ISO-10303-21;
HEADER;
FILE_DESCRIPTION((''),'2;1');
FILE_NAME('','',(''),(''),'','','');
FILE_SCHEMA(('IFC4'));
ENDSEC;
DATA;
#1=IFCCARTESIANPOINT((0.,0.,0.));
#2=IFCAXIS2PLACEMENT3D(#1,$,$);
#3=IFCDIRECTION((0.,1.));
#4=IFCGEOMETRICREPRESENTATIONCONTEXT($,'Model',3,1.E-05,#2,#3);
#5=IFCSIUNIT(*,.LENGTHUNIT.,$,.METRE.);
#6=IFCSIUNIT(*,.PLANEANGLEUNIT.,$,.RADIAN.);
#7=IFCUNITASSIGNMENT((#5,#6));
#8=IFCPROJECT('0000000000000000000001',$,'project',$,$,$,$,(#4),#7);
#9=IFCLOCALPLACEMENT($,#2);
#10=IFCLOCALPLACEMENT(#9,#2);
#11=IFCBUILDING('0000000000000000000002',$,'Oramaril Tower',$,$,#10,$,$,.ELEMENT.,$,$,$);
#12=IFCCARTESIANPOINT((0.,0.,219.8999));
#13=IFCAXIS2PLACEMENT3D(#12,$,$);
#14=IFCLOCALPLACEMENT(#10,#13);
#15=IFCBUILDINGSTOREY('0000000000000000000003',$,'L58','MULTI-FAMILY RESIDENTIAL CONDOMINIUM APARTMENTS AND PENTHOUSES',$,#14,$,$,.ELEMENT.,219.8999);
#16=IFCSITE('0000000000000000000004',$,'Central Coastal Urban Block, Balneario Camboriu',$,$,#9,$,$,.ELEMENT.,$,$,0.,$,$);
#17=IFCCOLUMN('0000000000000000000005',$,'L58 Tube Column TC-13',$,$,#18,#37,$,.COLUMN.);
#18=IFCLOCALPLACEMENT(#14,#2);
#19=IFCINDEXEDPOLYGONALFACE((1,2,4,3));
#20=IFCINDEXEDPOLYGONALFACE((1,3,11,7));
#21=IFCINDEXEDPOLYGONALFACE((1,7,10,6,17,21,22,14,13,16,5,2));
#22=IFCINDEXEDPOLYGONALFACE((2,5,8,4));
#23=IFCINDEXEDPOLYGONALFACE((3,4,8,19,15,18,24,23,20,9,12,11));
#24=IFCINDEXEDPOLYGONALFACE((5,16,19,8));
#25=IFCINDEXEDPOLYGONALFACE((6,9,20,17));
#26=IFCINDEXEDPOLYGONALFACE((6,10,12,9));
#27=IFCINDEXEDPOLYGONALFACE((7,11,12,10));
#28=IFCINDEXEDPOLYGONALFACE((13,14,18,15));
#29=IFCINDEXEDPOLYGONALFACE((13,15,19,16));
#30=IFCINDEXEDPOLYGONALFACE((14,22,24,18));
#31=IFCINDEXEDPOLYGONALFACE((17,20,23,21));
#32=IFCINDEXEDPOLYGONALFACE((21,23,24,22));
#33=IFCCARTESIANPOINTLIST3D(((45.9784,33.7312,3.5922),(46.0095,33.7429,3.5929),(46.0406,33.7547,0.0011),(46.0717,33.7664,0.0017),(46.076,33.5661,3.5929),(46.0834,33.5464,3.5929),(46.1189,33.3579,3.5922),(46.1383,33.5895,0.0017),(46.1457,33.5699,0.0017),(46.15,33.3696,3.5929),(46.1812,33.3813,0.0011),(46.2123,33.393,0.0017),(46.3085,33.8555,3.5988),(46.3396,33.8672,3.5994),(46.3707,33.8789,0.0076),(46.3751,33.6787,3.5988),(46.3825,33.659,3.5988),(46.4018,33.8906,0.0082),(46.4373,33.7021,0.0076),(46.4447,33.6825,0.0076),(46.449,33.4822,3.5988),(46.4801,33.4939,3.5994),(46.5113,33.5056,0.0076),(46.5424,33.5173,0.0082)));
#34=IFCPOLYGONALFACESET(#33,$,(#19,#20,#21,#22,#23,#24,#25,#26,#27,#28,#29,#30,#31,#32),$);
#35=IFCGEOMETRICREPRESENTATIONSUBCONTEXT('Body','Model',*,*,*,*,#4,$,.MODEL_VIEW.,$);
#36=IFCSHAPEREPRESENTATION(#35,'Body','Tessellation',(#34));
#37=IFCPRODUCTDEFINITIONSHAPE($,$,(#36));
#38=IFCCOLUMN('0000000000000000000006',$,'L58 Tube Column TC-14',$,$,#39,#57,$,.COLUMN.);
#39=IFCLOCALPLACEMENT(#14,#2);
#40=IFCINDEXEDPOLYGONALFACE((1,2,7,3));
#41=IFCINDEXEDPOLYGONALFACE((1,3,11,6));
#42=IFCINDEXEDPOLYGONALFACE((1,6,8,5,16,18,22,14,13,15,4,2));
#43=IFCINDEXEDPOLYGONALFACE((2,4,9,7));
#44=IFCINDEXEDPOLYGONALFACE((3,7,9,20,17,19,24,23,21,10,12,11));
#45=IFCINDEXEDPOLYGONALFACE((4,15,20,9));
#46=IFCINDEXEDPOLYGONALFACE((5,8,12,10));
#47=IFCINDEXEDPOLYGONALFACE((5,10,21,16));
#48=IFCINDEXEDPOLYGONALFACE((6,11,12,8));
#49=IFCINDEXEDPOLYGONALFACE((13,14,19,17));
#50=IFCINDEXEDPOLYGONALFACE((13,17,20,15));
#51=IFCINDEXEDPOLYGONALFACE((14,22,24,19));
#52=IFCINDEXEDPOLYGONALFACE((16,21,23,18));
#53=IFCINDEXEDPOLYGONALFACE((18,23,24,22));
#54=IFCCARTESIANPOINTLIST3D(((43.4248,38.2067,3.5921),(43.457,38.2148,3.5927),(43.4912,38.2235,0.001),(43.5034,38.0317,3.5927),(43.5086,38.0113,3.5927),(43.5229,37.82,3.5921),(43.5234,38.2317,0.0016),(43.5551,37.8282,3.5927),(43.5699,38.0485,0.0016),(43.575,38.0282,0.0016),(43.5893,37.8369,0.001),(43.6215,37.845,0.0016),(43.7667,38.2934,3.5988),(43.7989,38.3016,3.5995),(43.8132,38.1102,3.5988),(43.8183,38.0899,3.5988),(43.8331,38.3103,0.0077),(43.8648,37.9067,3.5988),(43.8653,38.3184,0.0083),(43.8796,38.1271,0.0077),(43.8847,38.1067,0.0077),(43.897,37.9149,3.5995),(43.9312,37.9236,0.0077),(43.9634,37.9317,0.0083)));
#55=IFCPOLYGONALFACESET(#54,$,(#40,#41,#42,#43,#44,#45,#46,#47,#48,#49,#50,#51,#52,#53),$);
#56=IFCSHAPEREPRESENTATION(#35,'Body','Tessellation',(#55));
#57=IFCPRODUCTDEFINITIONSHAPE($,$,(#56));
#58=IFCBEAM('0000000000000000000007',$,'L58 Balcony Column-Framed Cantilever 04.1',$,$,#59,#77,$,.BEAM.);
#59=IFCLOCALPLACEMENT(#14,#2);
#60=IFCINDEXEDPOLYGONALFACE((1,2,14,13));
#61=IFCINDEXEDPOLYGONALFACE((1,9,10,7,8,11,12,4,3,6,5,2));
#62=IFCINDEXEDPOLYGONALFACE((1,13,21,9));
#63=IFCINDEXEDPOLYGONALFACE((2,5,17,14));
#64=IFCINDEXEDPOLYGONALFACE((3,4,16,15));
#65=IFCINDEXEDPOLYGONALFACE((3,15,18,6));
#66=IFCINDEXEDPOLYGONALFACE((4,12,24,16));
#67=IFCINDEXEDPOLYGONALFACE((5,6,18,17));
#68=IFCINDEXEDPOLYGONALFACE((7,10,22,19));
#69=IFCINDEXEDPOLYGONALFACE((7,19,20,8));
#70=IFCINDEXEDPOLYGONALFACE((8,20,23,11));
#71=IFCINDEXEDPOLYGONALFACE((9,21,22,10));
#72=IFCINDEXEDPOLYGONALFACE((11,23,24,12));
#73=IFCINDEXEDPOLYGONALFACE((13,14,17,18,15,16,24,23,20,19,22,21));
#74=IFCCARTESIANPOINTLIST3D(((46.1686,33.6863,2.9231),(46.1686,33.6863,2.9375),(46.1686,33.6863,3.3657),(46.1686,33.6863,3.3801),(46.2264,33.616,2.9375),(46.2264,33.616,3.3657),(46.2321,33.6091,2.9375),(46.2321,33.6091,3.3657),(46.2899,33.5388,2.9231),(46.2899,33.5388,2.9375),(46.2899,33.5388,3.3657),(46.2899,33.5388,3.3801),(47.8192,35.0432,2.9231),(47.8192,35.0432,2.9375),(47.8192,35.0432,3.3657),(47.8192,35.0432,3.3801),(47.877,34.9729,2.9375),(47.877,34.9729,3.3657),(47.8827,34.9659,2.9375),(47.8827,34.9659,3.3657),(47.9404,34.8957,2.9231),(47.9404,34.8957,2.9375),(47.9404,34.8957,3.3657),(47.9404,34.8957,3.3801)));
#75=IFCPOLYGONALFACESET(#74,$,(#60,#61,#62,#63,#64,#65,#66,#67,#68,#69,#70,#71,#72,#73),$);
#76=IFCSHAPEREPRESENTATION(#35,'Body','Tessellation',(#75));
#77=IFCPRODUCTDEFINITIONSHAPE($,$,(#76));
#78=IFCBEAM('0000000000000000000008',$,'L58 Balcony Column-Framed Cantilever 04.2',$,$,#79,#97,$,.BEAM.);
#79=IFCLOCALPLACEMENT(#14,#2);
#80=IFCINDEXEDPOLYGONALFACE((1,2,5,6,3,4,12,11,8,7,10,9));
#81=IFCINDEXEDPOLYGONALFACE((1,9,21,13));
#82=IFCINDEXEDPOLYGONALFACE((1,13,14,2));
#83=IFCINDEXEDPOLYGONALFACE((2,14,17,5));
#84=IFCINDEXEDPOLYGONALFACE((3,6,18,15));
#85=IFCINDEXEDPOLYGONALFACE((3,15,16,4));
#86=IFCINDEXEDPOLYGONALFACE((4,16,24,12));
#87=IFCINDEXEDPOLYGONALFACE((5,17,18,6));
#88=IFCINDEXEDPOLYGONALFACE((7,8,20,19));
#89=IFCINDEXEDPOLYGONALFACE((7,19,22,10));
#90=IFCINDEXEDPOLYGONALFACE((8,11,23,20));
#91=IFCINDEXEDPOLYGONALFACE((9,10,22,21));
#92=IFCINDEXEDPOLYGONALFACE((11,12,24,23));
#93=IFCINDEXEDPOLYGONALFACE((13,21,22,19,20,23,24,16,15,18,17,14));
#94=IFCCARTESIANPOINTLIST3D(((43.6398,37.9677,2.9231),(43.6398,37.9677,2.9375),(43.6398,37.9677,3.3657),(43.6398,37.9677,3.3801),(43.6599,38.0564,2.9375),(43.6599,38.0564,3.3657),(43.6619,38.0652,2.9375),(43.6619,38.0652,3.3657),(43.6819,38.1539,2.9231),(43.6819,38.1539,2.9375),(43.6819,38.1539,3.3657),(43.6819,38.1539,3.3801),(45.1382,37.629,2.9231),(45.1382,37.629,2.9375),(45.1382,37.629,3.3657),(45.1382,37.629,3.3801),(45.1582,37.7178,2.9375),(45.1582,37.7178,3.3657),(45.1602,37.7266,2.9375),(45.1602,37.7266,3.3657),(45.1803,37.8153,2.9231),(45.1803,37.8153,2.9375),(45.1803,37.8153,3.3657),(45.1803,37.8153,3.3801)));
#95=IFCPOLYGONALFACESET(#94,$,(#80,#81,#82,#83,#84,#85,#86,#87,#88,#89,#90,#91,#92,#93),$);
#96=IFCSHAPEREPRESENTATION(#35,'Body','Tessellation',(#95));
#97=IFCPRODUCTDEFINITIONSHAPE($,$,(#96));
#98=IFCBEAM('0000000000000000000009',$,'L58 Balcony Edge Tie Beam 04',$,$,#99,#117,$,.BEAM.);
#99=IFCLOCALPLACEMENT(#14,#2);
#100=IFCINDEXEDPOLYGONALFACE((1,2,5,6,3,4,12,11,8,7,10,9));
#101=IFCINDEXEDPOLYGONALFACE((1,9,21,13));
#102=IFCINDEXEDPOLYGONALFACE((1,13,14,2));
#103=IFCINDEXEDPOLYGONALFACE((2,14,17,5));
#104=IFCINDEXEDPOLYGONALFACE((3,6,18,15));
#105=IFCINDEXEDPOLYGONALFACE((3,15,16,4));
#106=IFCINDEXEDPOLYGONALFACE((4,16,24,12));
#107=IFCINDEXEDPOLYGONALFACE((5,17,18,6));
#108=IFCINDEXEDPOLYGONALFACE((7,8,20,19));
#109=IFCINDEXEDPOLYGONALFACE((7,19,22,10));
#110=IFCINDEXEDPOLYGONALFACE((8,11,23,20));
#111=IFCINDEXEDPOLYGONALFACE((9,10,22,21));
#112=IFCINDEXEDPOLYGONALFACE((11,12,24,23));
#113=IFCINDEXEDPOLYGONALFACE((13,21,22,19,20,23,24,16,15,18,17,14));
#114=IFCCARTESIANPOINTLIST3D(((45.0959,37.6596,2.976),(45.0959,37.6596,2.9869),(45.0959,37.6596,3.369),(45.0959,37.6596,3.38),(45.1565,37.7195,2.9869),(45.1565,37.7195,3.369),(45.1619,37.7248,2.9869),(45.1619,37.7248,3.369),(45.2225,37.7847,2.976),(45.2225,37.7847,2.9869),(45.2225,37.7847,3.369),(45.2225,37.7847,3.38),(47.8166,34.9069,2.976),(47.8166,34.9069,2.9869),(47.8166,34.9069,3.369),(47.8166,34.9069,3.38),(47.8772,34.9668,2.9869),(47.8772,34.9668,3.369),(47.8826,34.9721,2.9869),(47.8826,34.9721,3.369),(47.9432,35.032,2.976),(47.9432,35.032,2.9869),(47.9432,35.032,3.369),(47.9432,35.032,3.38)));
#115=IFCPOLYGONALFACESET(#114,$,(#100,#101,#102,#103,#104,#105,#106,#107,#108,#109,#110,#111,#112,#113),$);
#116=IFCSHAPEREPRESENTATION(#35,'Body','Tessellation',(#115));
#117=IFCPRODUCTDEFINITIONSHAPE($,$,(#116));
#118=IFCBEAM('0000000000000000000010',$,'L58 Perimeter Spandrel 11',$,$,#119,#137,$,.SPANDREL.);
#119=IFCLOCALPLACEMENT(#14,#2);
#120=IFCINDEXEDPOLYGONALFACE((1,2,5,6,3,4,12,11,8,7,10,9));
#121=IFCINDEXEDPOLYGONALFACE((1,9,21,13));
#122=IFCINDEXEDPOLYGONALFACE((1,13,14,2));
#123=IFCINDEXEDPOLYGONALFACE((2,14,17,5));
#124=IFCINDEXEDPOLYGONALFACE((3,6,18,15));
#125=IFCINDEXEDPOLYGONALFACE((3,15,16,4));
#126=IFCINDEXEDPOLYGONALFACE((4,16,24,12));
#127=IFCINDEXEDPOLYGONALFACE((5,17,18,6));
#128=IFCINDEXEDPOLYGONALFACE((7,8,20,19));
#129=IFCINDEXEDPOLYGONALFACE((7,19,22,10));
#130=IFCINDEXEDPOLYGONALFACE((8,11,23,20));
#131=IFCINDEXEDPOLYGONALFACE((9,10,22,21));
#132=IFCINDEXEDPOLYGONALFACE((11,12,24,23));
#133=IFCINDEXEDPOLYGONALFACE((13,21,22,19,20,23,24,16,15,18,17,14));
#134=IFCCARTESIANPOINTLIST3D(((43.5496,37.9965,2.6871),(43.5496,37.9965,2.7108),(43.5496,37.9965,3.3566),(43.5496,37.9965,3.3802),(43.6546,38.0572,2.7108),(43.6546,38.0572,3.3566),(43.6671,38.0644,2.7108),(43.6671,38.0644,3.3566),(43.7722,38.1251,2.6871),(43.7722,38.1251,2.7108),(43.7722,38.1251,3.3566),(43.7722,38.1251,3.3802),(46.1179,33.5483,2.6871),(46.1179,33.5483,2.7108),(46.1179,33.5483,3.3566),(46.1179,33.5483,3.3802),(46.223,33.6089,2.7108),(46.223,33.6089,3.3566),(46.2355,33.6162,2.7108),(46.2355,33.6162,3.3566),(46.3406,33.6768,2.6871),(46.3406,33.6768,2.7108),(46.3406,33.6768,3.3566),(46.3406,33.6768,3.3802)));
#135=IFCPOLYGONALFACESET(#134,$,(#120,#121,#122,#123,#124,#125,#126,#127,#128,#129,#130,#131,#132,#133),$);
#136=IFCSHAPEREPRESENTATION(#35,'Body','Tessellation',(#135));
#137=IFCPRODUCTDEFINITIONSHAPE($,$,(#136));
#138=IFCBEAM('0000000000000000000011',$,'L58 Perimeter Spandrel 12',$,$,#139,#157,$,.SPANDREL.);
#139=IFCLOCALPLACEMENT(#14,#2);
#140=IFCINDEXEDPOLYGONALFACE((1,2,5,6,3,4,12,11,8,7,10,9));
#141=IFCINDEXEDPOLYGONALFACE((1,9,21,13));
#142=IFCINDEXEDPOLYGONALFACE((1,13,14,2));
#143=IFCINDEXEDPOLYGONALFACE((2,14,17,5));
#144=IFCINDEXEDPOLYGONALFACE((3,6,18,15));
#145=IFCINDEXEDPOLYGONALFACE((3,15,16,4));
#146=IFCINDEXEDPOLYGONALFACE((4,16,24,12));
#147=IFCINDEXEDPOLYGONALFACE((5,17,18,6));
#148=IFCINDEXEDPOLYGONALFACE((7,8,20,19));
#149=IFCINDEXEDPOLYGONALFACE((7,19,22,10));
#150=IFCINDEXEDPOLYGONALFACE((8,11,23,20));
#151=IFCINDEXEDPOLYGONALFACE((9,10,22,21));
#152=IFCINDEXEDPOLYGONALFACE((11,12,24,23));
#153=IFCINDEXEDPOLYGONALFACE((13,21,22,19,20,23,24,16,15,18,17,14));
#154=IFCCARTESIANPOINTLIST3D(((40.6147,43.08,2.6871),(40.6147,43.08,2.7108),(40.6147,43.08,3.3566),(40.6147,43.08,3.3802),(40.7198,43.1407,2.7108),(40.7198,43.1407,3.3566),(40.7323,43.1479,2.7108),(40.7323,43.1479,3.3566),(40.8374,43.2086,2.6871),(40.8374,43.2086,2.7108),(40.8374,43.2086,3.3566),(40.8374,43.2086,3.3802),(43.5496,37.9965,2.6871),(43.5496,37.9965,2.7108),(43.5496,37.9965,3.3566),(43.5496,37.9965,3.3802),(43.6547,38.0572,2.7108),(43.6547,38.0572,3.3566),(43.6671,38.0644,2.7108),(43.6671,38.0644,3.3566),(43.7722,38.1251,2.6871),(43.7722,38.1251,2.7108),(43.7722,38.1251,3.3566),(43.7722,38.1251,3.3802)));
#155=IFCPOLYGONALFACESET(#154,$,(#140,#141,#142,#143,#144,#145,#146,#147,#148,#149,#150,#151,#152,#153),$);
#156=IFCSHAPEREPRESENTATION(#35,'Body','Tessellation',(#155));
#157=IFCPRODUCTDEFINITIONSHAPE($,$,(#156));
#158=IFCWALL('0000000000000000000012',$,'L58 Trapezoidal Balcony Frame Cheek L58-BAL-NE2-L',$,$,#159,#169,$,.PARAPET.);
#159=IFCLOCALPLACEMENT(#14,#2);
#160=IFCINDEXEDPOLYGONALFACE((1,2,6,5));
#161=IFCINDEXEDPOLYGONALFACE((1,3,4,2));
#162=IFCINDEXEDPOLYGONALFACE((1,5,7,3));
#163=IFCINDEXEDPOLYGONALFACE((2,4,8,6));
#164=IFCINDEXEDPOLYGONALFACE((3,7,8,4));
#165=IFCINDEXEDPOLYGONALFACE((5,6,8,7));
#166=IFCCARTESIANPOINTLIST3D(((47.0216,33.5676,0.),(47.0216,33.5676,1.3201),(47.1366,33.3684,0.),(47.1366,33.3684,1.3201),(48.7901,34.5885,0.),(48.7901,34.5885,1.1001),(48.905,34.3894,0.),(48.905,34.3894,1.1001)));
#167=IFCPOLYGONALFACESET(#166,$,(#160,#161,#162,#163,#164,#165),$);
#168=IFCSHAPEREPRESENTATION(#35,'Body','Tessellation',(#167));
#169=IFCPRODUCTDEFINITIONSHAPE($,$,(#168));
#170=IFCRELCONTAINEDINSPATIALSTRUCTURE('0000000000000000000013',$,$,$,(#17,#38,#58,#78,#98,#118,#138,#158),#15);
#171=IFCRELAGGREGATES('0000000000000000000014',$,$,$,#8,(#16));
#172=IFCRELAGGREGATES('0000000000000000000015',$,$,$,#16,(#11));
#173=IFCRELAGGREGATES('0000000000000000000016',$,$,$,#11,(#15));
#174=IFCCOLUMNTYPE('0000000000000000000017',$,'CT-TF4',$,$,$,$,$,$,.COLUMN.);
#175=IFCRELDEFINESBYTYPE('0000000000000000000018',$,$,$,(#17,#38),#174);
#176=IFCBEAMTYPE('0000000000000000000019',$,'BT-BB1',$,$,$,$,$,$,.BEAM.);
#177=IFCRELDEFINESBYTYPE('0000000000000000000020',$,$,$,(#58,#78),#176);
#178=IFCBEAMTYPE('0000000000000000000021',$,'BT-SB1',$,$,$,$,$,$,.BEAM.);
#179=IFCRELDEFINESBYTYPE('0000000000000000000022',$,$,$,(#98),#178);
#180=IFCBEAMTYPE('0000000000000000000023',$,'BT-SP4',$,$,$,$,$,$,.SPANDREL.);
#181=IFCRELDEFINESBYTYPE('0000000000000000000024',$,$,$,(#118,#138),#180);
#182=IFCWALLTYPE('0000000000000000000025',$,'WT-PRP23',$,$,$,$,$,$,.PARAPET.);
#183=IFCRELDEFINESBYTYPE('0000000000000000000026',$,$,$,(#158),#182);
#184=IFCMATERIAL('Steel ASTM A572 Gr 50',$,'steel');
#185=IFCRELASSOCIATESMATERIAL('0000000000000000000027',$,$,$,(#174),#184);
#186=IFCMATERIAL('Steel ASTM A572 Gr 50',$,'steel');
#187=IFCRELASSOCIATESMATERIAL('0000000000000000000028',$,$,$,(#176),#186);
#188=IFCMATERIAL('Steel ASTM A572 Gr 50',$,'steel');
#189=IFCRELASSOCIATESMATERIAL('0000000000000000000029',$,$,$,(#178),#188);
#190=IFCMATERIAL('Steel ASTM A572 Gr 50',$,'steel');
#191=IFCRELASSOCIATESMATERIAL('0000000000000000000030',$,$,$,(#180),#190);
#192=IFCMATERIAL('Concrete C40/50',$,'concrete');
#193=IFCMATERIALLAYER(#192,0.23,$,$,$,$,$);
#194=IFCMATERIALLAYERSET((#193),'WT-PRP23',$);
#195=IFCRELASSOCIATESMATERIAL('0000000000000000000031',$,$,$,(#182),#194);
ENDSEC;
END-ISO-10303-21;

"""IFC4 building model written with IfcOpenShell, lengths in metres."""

from ifc_helpers import new_model, si_unit, direction, frame, origin, origin_2d, place, context, subcontext, project, spatial, polyline, i_section, outline, extrude, material, layer, layer_set, material_profile, profile_set, type_object, element, save


model = new_model("IFC4")

# Units and contexts
model_context = context("Model", 3, precision=1e-05, world=origin(), true_north=direction((0.0, 1.0)))
body_context = subcontext(model_context, "Body", "Model", "MODEL_VIEW")
ifc_project = project(units=[si_unit("LENGTHUNIT", "METRE"), si_unit("PLANEANGLEUNIT", "RADIAN")], contexts=[model_context])

# Site, building, storey
site_placement = place(None, origin())
site = spatial("IfcSite", under=ifc_project, at=site_placement, Name="Central Coastal Urban Block, Balneario Camboriu", CompositionType="ELEMENT", RefElevation=0.0)
building_placement = place(site_placement, origin())
building = spatial("IfcBuilding", under=site, at=building_placement, Name="Oramaril Tower", CompositionType="ELEMENT")
storey_placement = place(building_placement, frame((0.0, 0.0, 219.8999)))
storey = spatial("IfcBuildingStorey", under=building, at=storey_placement, Name="L58", Description="MULTI-FAMILY RESIDENTIAL CONDOMINIUM APARTMENTS AND PENTHOUSES", CompositionType="ELEMENT", Elevation=219.8999)

# Columns
ifc_material_1 = material(Name="Steel ASTM A572 Gr 50", Category="steel")
ifc_material_profile_1 = material_profile(ifc_material_1, i_section(OverallWidth=0.3989, OverallDepth=0.386, WebThickness=0.021, FlangeThickness=0.0332, at=origin_2d()), Name="W14X176")
ifc_profile_set_1 = profile_set([ifc_material_profile_1], Name="Steel ASTM A572 Gr 50")
column_type = type_object("IfcColumnType", Name="CT-TF4", PredefinedType="COLUMN", material=ifc_profile_set_1)
for number, where, z_axis, x_axis, name in (
    (1, (46.2915, 33.636, 0.0046), (-0.017333, -0.006525, 0.999828), (0.35233, -0.935876, 0.0), "L58 Tube Column TC-13"),
    (2, (43.7273, 38.0776, 0.0046), (-0.018489, -0.00469, 0.999818), (0.245888, -0.969298, 0.0), "L58 Tube Column TC-14"),
):
    element("IfcColumn", number, at=place(storey_placement, frame(where, z_axis=z_axis, x_axis=x_axis)), inside=storey, type_object=column_type, Name=name, PredefinedType="COLUMN", context=body_context, shape_type="SweptSolid", body=[
        extrude(i_section(OverallWidth=0.3989, OverallDepth=0.386, WebThickness=0.021, FlangeThickness=0.0332, at=origin_2d()), origin(), (0.0, 0.0, 1.0), 3.5918),
    ])

# Beams
ifc_material_2 = material(Name="Steel ASTM A572 Gr 50", Category="steel")
ifc_material_profile_2 = material_profile(ifc_material_2, i_section(OverallWidth=0.1909, OverallDepth=0.457, WebThickness=0.009, FlangeThickness=0.0144, at=origin_2d()), Name="W18X50")
ifc_profile_set_2 = profile_set([ifc_material_profile_2], Name="Steel ASTM A572 Gr 50")
beam_type_1 = type_object("IfcBeamType", Name="BT-BB1", PredefinedType="BEAM", material=ifc_profile_set_2)
beam_1_placement = place(storey_placement, frame((46.2292, 33.6125, 3.1516), z_axis=(0.772484, 0.635034, 0.0), x_axis=(-0.635034, 0.772484, 0.0)))
element("IfcBeam", 3, at=beam_1_placement, inside=storey, type_object=beam_type_1, Name="L58 Balcony Column-Framed Cantilever 04.1", PredefinedType="BEAM", context=body_context, shape_type="SweptSolid", body=[
    extrude(i_section(OverallWidth=0.1909, OverallDepth=0.457, WebThickness=0.009, FlangeThickness=0.0144, at=origin_2d()), origin(), (0.0, 0.0, 1.0), 2.1367),
])
beam_2_placement = place(storey_placement, frame((43.6609, 38.0608, 3.1516), z_axis=(0.975399, -0.220446, 0.0), x_axis=(0.220446, 0.975399, 0.0)))
element("IfcBeam", 4, at=beam_2_placement, inside=storey, type_object=beam_type_1, Name="L58 Balcony Column-Framed Cantilever 04.2", PredefinedType="BEAM", context=body_context, shape_type="SweptSolid", body=[
    extrude(i_section(OverallWidth=0.1909, OverallDepth=0.457, WebThickness=0.009, FlangeThickness=0.0144, at=origin_2d()), origin(), (0.0, 0.0, 1.0), 1.5361),
])
ifc_material_3 = material(Name="Steel ASTM A572 Gr 50", Category="steel")
ifc_material_profile_3 = material_profile(ifc_material_3, i_section(OverallWidth=0.178, OverallDepth=0.4041, WebThickness=0.0076, FlangeThickness=0.011, at=origin_2d()), Name="W16X36")
ifc_profile_set_3 = profile_set([ifc_material_profile_3], Name="Steel ASTM A572 Gr 50")
beam_type_2 = type_object("IfcBeamType", Name="BT-SB1", PredefinedType="BEAM", material=ifc_profile_set_3)
beam_3_placement = place(storey_placement, frame((47.8799, 34.9695, 3.178), z_axis=(-0.702963, 0.711226, 0.0), x_axis=(-0.711226, -0.702963, 0.0)))
element("IfcBeam", 5, at=beam_3_placement, inside=storey, type_object=beam_type_2, Name="L58 Balcony Edge Tie Beam 04", PredefinedType="BEAM", context=body_context, shape_type="SweptSolid", body=[
    extrude(i_section(OverallWidth=0.178, OverallDepth=0.4041, WebThickness=0.0076, FlangeThickness=0.011, at=origin_2d()), origin(), (0.0, 0.0, 1.0), 3.8704),
])
ifc_material_4 = material(Name="Steel ASTM A572 Gr 50", Category="steel")
ifc_material_profile_4 = material_profile(ifc_material_4, i_section(OverallWidth=0.2571, OverallDepth=0.6931, WebThickness=0.0144, FlangeThickness=0.0237, at=origin_2d()), Name="W27X114")
ifc_profile_set_4 = profile_set([ifc_material_profile_4], Name="Steel ASTM A572 Gr 50")
beam_type_3 = type_object("IfcBeamType", Name="BT-SP4", PredefinedType="SPANDREL", material=ifc_profile_set_4)
beam_4_placement = place(storey_placement, frame((46.2292, 33.6125, 3.0337), z_axis=(-0.500024, 0.866011, 0.0), x_axis=(-0.866011, -0.500024, 0.0)))
element("IfcBeam", 6, at=beam_4_placement, inside=storey, type_object=beam_type_3, Name="L58 Perimeter Spandrel 11", PredefinedType="SPANDREL", context=body_context, shape_type="SweptSolid", body=[
    extrude(i_section(OverallWidth=0.2571, OverallDepth=0.6931, WebThickness=0.0144, FlangeThickness=0.0237, at=origin_2d()), origin(), (0.0, 0.0, 1.0), 5.1365),
])
beam_5_placement = place(storey_placement, frame((43.6609, 38.0608, 3.0337), z_axis=(-0.499982, 0.866036, 0.0), x_axis=(-0.866036, -0.499982, 0.0)))
element("IfcBeam", 7, at=beam_5_placement, inside=storey, type_object=beam_type_3, Name="L58 Perimeter Spandrel 12", PredefinedType="SPANDREL", context=body_context, shape_type="SweptSolid", body=[
    extrude(i_section(OverallWidth=0.2571, OverallDepth=0.6931, WebThickness=0.0144, FlangeThickness=0.0237, at=origin_2d()), origin(), (0.0, 0.0, 1.0), 5.8699),
])

# Wall
ifc_material_5 = material(Name="Concrete C40/50", Category="concrete")
ifc_layer_1 = layer(ifc_material_5, 0.23)
ifc_layer_set_1 = layer_set([ifc_layer_1], Name="WT-PRP23")
wall_type_1 = type_object("IfcWallType", Name="WT-PRP23", PredefinedType="PARAPET", material=ifc_layer_set_1)
wall_1_placement = place(storey_placement, frame((47.0791, 33.468, 0.0), z_axis=(0.0, 0.0, 1.0), x_axis=(0.866042, 0.499971, 0.0)))
element("IfcWall", 8, at=wall_1_placement, inside=storey, type_object=wall_type_1, Name="L58 Trapezoidal Balcony Frame Cheek L58-BAL-NE2-L", PredefinedType="PARAPET", context=body_context, shape_type="SweptSolid", body=[
    extrude(outline(polyline([(0.0, 0.0), (2.042, 0.0), (2.042, 1.1001), (0.0, 1.3201), (0.0, 0.0)])), frame((0.0, 0.115, 0.0), z_axis=(0.0, -1.0, 0.0), x_axis=(1.0, 0.0, 0.0)), (0.0, 0.0, 1.0), 0.23),
])

save(model, "model.ifc")
